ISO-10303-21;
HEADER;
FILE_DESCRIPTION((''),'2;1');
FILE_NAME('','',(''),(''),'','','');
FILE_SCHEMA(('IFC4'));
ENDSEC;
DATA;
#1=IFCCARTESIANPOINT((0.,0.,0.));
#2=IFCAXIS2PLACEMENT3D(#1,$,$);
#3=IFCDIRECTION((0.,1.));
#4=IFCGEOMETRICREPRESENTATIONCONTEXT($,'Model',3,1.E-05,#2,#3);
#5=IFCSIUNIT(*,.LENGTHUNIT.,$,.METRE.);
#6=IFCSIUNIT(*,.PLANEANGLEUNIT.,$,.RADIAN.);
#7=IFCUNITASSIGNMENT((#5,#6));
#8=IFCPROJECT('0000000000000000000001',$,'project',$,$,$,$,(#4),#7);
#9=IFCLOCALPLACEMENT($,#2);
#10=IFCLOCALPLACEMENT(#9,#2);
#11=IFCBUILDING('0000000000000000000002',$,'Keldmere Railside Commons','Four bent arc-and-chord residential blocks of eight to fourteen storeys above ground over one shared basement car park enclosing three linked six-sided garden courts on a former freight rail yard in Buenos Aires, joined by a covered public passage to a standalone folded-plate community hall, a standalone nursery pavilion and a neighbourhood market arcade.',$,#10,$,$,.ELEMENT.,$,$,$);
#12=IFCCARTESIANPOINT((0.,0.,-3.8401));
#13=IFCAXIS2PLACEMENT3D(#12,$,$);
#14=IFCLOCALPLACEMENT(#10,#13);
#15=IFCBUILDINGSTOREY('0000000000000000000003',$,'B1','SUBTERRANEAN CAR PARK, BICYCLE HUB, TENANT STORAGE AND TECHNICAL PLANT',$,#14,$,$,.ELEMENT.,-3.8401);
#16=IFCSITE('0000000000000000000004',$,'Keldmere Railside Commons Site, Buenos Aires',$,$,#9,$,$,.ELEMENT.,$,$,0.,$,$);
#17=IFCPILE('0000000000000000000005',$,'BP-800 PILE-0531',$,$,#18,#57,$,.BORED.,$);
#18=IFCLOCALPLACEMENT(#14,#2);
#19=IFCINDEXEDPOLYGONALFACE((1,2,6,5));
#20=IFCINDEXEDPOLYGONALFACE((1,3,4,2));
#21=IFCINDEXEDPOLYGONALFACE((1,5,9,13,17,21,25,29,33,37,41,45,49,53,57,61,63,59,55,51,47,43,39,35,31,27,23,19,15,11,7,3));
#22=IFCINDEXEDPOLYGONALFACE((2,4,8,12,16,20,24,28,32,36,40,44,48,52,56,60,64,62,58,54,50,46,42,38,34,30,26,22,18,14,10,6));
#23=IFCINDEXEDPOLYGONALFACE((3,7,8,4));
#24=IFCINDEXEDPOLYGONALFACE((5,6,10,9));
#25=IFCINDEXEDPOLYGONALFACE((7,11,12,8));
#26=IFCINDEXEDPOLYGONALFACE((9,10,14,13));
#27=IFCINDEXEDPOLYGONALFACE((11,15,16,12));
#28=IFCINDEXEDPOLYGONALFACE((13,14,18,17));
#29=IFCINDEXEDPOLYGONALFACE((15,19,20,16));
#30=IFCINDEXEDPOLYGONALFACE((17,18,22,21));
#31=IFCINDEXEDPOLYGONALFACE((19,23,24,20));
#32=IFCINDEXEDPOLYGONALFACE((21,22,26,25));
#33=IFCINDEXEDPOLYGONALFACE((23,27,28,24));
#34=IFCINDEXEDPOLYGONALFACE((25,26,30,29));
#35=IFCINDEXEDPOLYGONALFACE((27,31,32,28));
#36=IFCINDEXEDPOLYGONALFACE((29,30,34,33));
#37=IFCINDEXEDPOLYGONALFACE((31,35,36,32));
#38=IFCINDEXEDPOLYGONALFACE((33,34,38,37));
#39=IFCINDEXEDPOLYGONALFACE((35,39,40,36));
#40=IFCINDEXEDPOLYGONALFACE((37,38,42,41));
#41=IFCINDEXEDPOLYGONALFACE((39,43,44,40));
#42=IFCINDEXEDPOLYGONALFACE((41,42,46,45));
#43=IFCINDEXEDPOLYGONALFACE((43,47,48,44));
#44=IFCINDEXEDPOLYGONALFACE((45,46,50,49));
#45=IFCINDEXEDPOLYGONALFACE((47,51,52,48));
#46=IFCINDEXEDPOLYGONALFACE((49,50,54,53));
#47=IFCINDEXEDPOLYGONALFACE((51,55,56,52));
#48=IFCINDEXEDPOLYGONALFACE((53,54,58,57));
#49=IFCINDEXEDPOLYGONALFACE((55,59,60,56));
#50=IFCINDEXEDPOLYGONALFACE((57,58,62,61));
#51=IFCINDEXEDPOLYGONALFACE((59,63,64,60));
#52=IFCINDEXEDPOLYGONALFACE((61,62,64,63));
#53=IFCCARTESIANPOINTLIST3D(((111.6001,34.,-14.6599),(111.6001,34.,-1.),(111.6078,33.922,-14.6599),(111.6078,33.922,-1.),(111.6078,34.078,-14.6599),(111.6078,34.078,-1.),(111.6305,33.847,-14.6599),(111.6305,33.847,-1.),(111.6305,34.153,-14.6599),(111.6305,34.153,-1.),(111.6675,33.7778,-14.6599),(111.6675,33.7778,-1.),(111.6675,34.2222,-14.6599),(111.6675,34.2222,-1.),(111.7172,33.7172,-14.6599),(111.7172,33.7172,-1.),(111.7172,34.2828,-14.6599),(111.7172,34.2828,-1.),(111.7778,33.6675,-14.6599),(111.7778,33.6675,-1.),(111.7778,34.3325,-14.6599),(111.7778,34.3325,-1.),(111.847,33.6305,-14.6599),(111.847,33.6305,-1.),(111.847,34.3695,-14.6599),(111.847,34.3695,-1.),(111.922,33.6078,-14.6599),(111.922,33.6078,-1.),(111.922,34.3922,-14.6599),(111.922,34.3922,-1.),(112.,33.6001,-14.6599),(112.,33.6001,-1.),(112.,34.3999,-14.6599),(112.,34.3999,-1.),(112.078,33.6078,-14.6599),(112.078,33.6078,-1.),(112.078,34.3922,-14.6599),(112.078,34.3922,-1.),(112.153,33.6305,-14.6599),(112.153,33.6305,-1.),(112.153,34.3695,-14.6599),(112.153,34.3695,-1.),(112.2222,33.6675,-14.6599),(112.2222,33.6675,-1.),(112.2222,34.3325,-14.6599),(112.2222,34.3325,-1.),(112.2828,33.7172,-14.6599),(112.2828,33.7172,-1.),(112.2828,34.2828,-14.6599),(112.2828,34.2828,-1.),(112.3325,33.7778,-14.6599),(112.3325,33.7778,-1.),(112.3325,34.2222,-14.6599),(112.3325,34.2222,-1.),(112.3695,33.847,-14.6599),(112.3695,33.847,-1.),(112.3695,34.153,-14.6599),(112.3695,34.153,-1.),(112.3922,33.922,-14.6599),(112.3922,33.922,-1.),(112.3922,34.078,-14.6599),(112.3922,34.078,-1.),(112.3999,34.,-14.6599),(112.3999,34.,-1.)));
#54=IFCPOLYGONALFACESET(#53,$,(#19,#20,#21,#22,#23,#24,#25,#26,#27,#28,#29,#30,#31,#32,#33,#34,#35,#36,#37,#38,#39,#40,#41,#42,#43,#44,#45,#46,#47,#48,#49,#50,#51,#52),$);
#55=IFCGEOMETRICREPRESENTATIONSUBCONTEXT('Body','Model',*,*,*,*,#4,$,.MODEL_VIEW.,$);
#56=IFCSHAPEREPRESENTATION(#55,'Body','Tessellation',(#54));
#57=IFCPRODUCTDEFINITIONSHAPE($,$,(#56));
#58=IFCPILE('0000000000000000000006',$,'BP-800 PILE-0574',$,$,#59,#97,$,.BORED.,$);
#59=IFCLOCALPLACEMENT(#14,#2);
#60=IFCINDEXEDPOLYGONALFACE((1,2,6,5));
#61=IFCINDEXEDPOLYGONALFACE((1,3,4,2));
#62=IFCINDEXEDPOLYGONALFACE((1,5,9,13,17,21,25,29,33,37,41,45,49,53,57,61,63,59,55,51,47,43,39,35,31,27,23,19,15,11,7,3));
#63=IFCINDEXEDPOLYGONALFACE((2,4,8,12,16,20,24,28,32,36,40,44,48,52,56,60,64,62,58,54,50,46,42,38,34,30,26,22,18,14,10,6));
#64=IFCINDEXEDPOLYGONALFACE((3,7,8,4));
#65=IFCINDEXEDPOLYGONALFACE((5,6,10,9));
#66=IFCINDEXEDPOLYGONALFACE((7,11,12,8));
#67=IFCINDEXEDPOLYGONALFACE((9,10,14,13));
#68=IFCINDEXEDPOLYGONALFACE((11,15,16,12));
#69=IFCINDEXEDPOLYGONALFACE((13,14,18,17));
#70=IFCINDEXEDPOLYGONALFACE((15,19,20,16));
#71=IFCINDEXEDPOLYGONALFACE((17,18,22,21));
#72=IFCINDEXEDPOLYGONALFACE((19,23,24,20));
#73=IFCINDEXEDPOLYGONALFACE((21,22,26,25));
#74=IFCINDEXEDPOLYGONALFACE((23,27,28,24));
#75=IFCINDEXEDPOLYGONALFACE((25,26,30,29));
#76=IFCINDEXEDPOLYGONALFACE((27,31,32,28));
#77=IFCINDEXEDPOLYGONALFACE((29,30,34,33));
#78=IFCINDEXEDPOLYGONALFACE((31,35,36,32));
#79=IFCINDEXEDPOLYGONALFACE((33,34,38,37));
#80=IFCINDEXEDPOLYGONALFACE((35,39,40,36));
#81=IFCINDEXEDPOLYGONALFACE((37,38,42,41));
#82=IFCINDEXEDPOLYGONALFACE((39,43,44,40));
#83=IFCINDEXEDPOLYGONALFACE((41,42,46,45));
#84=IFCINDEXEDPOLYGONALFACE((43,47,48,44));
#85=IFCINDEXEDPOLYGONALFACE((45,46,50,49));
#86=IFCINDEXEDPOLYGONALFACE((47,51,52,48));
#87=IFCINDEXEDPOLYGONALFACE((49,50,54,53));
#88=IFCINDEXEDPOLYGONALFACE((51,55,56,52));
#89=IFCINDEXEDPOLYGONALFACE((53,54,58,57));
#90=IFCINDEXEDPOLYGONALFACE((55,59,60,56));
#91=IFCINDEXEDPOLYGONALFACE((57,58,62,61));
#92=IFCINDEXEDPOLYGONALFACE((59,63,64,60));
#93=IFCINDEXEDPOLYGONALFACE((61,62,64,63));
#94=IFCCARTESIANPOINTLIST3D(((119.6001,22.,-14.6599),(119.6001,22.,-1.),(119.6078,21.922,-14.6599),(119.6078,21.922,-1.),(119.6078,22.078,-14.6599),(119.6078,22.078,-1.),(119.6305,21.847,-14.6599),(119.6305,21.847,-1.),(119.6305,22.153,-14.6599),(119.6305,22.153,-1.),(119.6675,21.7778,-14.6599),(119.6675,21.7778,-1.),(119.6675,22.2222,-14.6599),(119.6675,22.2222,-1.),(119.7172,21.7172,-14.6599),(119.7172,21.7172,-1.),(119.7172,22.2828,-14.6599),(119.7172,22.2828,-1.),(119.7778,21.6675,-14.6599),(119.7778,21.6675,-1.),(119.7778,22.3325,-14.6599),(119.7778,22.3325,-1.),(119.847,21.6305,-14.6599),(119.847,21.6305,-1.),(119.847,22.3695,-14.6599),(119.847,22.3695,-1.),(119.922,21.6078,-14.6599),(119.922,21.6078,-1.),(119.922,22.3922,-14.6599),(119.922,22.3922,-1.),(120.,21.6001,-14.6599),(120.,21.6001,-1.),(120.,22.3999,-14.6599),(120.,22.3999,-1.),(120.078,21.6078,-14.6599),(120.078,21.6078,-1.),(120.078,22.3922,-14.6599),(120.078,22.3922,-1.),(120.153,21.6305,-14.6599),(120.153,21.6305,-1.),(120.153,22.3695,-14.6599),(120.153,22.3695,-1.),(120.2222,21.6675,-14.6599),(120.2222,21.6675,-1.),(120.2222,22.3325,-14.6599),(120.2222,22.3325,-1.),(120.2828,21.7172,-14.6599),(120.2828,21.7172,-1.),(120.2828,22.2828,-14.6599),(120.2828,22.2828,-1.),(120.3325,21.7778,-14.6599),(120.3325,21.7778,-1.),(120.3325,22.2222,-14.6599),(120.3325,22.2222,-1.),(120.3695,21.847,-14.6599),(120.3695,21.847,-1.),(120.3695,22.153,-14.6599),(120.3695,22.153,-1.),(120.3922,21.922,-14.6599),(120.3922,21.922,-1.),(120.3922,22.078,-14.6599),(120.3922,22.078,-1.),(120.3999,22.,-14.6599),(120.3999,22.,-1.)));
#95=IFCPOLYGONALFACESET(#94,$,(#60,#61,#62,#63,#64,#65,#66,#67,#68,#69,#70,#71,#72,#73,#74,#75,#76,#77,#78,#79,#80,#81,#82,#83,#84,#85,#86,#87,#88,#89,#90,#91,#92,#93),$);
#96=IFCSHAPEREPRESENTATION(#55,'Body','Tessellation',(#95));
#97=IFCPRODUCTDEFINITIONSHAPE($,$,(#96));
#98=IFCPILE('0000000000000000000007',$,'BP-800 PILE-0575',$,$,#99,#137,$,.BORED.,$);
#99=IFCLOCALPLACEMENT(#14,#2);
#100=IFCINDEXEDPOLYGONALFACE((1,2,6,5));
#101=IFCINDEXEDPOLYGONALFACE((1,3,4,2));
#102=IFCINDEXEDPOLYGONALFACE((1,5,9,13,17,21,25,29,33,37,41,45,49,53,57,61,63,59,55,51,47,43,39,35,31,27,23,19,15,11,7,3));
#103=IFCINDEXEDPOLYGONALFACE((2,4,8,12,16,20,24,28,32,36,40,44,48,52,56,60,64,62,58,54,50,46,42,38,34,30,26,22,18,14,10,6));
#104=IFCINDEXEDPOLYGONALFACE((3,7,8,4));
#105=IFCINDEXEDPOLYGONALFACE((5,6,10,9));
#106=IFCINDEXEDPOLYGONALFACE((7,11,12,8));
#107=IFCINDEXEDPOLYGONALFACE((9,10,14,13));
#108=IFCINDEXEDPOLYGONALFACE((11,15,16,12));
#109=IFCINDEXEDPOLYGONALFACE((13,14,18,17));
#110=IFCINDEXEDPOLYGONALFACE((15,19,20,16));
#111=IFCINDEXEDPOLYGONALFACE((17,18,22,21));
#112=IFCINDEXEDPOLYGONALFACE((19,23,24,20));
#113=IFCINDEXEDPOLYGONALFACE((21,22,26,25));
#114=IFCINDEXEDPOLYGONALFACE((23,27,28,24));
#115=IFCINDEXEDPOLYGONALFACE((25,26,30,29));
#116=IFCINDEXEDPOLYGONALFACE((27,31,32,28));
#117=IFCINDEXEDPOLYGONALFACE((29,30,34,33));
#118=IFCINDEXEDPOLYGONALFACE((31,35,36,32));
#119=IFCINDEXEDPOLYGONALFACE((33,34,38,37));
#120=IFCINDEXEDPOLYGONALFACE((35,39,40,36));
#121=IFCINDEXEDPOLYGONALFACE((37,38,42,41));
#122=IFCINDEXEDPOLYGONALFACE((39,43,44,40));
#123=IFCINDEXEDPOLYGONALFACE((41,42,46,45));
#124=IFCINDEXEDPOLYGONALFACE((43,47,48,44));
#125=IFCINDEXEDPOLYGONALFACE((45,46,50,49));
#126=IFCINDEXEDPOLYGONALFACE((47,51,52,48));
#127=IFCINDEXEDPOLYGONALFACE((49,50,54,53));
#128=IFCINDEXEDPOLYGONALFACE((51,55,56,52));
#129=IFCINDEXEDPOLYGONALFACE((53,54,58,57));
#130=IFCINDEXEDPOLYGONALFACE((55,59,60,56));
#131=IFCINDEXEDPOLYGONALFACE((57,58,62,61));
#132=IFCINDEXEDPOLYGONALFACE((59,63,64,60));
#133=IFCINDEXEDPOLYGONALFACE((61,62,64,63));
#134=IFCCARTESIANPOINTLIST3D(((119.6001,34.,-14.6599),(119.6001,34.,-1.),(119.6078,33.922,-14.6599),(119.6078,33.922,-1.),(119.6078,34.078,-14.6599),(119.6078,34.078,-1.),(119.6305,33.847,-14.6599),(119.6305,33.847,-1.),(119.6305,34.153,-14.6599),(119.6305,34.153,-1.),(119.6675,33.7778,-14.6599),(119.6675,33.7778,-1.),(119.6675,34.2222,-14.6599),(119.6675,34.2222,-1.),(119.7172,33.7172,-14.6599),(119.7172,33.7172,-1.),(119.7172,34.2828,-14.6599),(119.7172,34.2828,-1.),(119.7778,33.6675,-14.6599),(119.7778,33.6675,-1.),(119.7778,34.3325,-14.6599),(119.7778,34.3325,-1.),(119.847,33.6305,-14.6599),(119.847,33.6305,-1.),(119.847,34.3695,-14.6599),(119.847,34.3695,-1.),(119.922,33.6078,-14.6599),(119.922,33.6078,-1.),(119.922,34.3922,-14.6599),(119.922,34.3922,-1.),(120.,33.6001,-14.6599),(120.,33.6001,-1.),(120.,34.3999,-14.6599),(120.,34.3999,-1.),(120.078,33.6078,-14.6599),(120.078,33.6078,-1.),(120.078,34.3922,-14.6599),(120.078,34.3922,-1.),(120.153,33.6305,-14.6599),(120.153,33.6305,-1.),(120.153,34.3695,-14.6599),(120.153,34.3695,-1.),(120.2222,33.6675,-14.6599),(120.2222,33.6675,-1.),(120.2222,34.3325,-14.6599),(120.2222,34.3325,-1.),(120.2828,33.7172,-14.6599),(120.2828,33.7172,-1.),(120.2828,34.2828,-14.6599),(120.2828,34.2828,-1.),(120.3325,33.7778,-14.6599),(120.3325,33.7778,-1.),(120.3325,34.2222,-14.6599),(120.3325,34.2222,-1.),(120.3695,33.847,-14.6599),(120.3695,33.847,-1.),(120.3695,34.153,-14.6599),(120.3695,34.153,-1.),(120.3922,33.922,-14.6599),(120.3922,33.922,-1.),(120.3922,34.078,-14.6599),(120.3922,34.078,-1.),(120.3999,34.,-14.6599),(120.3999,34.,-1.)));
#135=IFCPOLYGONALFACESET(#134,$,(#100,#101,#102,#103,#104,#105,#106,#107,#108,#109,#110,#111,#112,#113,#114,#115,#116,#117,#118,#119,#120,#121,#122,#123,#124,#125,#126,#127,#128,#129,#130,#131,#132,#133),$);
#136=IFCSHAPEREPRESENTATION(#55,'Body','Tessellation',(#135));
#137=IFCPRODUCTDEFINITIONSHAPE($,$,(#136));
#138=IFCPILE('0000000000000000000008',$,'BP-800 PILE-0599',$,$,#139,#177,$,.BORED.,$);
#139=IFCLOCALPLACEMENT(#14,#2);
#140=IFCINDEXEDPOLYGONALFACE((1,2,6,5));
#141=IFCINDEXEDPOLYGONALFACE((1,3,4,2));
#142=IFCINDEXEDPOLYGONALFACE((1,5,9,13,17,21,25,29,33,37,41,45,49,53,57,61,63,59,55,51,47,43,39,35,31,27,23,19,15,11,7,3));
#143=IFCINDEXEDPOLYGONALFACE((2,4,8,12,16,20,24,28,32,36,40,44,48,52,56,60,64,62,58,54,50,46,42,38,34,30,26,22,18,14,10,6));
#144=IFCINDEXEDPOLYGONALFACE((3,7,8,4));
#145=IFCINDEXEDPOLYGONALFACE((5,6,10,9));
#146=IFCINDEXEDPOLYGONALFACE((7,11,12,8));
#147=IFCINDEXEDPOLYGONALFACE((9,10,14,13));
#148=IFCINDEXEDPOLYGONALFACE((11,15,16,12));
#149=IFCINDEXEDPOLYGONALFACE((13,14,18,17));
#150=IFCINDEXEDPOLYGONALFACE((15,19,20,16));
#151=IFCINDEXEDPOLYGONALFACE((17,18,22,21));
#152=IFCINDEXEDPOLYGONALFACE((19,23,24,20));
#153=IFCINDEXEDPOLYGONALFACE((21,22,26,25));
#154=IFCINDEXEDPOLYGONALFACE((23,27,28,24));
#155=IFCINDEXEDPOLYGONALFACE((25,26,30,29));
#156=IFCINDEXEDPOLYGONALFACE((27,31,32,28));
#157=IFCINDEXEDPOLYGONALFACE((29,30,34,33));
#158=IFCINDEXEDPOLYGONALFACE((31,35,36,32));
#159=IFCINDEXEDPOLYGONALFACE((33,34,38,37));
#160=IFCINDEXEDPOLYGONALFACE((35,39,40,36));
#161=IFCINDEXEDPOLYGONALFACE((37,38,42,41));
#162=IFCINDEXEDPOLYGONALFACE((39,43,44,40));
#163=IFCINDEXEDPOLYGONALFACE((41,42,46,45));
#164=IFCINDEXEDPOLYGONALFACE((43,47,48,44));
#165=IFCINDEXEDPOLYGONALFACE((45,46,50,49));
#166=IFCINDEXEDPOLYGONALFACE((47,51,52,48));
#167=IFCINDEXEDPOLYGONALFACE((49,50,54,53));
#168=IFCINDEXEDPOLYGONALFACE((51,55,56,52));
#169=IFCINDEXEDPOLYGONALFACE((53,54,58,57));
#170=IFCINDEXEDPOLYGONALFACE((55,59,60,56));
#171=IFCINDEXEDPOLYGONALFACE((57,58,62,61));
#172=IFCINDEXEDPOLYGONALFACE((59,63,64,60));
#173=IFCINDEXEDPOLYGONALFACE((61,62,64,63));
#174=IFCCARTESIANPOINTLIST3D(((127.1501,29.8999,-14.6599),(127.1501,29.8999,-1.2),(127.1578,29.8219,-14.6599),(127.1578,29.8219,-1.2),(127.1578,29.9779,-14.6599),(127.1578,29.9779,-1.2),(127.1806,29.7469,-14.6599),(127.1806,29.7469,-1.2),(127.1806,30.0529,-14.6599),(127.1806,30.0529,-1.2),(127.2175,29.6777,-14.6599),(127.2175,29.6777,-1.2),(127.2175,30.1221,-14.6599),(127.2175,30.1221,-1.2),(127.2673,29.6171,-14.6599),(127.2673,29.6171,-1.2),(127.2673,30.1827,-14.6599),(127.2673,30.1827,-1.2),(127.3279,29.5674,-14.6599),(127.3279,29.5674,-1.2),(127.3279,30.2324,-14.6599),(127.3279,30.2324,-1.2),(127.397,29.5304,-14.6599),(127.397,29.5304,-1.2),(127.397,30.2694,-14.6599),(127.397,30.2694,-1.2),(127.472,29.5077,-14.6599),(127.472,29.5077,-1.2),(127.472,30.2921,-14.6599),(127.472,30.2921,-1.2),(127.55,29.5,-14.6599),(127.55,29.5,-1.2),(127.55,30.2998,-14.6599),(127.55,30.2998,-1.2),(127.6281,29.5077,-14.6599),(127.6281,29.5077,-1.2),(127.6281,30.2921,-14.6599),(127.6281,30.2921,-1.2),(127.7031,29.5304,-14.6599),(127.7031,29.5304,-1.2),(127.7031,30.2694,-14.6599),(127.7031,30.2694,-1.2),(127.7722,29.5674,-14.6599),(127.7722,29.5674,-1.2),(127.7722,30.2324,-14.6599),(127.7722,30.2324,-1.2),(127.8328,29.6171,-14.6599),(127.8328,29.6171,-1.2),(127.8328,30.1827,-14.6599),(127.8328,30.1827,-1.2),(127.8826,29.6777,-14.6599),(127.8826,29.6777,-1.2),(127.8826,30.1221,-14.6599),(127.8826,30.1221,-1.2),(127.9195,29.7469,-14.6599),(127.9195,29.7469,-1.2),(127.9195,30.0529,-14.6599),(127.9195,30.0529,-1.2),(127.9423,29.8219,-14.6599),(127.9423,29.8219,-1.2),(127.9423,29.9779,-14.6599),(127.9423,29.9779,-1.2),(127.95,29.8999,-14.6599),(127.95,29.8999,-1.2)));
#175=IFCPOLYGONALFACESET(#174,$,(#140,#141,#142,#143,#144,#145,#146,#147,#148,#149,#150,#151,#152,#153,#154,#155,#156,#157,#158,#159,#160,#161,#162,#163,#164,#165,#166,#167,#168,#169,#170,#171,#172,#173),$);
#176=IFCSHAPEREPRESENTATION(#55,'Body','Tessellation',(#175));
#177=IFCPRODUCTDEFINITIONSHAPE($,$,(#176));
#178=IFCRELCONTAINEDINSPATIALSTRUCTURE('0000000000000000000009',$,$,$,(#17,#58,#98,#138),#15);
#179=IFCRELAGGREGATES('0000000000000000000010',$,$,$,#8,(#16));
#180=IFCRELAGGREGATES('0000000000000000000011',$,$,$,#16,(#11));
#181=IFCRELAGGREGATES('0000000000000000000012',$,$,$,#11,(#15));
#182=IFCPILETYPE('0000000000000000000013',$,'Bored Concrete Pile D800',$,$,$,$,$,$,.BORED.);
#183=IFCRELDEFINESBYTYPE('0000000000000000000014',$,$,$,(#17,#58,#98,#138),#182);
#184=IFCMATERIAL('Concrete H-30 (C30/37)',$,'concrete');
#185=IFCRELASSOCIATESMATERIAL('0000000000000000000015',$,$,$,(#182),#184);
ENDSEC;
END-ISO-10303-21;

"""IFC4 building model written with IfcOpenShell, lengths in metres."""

from ifc_helpers import new_model, si_unit, direction, frame, origin, origin_2d, place, context, subcontext, project, spatial, circle, extrude, material, material_profile, profile_set, type_object, element, save


model = new_model("IFC4")

# Units and contexts
model_context = context("Model", 3, precision=1e-05, world=origin(), true_north=direction((0.0, 1.0)))
body_context = subcontext(model_context, "Body", "Model", "MODEL_VIEW")
ifc_project = project(units=[si_unit("LENGTHUNIT", "METRE"), si_unit("PLANEANGLEUNIT", "RADIAN")], contexts=[model_context])

# Site, building, storey
site_placement = place(None, origin())
site = spatial("IfcSite", under=ifc_project, at=site_placement, Name="Keldmere Railside Commons Site, Buenos Aires", CompositionType="ELEMENT", RefElevation=0.0)
building_placement = place(site_placement, origin())
building = spatial("IfcBuilding", under=site, at=building_placement, Name="Keldmere Railside Commons", Description="Four bent arc-and-chord residential blocks of eight to fourteen storeys above ground over one shared basement car park enclosing three linked six-sided garden courts on a former freight rail yard in Buenos Aires, joined by a covered public passage to a standalone folded-plate community hall, a standalone nursery pavilion and a neighbourhood market arcade.", CompositionType="ELEMENT")
storey_placement = place(building_placement, frame((0.0, 0.0, -3.8401)))
storey = spatial("IfcBuildingStorey", under=building, at=storey_placement, Name="B1", Description="SUBTERRANEAN CAR PARK, BICYCLE HUB, TENANT STORAGE AND TECHNICAL PLANT", CompositionType="ELEMENT", Elevation=-3.8401)

# Piles
ifc_material_1 = material(Name="Concrete H-30 (C30/37)", Category="concrete")
ifc_material_profile_1 = material_profile(ifc_material_1, circle(Radius=0.3999, at=origin_2d()), Name="PILE-D800")
ifc_profile_set_1 = profile_set([ifc_material_profile_1], Name="Concrete H-30 (C30/37)")
pile_type = type_object("IfcPileType", Name="Bored Concrete Pile D800", PredefinedType="BORED", material=ifc_profile_set_1)
for number, where, z_axis, x_axis, name in (
    (1, (112.0, 34.0, -1.0), (0.0, 0.0, -1.0), (1.0, 0.0, 0.0), "BP-800 PILE-0531"),
    (2, (120.0, 22.0, -1.0), (0.0, 0.0, -1.0), (1.0, 0.0, 0.0), "BP-800 PILE-0574"),
    (3, (120.0, 34.0, -1.0), (0.0, 0.0, -1.0), (1.0, 0.0, 0.0), "BP-800 PILE-0575"),
):
    element("IfcPile", number, at=place(storey_placement, frame(where, z_axis=z_axis, x_axis=x_axis)), inside=storey, type_object=pile_type, Name=name, PredefinedType="BORED", context=body_context, shape_type="SweptSolid", body=[
        extrude(circle(Radius=0.3999, at=origin_2d()), origin(), (0.0, 0.0, 1.0), 13.6599),
    ])
for number, where, z_axis, x_axis, name in (
    (4, (127.55, 29.8999, -1.2), (0.0, 0.0, -1.0), (1.0, 0.0, 0.0), "BP-800 PILE-0599"),
):
    element("IfcPile", number, at=place(storey_placement, frame(where, z_axis=z_axis, x_axis=x_axis)), inside=storey, type_object=pile_type, Name=name, PredefinedType="BORED", context=body_context, shape_type="SweptSolid", body=[
        extrude(circle(Radius=0.3999, at=origin_2d()), origin(), (0.0, 0.0, 1.0), 13.46),
    ])

save(model, "model.ifc")
